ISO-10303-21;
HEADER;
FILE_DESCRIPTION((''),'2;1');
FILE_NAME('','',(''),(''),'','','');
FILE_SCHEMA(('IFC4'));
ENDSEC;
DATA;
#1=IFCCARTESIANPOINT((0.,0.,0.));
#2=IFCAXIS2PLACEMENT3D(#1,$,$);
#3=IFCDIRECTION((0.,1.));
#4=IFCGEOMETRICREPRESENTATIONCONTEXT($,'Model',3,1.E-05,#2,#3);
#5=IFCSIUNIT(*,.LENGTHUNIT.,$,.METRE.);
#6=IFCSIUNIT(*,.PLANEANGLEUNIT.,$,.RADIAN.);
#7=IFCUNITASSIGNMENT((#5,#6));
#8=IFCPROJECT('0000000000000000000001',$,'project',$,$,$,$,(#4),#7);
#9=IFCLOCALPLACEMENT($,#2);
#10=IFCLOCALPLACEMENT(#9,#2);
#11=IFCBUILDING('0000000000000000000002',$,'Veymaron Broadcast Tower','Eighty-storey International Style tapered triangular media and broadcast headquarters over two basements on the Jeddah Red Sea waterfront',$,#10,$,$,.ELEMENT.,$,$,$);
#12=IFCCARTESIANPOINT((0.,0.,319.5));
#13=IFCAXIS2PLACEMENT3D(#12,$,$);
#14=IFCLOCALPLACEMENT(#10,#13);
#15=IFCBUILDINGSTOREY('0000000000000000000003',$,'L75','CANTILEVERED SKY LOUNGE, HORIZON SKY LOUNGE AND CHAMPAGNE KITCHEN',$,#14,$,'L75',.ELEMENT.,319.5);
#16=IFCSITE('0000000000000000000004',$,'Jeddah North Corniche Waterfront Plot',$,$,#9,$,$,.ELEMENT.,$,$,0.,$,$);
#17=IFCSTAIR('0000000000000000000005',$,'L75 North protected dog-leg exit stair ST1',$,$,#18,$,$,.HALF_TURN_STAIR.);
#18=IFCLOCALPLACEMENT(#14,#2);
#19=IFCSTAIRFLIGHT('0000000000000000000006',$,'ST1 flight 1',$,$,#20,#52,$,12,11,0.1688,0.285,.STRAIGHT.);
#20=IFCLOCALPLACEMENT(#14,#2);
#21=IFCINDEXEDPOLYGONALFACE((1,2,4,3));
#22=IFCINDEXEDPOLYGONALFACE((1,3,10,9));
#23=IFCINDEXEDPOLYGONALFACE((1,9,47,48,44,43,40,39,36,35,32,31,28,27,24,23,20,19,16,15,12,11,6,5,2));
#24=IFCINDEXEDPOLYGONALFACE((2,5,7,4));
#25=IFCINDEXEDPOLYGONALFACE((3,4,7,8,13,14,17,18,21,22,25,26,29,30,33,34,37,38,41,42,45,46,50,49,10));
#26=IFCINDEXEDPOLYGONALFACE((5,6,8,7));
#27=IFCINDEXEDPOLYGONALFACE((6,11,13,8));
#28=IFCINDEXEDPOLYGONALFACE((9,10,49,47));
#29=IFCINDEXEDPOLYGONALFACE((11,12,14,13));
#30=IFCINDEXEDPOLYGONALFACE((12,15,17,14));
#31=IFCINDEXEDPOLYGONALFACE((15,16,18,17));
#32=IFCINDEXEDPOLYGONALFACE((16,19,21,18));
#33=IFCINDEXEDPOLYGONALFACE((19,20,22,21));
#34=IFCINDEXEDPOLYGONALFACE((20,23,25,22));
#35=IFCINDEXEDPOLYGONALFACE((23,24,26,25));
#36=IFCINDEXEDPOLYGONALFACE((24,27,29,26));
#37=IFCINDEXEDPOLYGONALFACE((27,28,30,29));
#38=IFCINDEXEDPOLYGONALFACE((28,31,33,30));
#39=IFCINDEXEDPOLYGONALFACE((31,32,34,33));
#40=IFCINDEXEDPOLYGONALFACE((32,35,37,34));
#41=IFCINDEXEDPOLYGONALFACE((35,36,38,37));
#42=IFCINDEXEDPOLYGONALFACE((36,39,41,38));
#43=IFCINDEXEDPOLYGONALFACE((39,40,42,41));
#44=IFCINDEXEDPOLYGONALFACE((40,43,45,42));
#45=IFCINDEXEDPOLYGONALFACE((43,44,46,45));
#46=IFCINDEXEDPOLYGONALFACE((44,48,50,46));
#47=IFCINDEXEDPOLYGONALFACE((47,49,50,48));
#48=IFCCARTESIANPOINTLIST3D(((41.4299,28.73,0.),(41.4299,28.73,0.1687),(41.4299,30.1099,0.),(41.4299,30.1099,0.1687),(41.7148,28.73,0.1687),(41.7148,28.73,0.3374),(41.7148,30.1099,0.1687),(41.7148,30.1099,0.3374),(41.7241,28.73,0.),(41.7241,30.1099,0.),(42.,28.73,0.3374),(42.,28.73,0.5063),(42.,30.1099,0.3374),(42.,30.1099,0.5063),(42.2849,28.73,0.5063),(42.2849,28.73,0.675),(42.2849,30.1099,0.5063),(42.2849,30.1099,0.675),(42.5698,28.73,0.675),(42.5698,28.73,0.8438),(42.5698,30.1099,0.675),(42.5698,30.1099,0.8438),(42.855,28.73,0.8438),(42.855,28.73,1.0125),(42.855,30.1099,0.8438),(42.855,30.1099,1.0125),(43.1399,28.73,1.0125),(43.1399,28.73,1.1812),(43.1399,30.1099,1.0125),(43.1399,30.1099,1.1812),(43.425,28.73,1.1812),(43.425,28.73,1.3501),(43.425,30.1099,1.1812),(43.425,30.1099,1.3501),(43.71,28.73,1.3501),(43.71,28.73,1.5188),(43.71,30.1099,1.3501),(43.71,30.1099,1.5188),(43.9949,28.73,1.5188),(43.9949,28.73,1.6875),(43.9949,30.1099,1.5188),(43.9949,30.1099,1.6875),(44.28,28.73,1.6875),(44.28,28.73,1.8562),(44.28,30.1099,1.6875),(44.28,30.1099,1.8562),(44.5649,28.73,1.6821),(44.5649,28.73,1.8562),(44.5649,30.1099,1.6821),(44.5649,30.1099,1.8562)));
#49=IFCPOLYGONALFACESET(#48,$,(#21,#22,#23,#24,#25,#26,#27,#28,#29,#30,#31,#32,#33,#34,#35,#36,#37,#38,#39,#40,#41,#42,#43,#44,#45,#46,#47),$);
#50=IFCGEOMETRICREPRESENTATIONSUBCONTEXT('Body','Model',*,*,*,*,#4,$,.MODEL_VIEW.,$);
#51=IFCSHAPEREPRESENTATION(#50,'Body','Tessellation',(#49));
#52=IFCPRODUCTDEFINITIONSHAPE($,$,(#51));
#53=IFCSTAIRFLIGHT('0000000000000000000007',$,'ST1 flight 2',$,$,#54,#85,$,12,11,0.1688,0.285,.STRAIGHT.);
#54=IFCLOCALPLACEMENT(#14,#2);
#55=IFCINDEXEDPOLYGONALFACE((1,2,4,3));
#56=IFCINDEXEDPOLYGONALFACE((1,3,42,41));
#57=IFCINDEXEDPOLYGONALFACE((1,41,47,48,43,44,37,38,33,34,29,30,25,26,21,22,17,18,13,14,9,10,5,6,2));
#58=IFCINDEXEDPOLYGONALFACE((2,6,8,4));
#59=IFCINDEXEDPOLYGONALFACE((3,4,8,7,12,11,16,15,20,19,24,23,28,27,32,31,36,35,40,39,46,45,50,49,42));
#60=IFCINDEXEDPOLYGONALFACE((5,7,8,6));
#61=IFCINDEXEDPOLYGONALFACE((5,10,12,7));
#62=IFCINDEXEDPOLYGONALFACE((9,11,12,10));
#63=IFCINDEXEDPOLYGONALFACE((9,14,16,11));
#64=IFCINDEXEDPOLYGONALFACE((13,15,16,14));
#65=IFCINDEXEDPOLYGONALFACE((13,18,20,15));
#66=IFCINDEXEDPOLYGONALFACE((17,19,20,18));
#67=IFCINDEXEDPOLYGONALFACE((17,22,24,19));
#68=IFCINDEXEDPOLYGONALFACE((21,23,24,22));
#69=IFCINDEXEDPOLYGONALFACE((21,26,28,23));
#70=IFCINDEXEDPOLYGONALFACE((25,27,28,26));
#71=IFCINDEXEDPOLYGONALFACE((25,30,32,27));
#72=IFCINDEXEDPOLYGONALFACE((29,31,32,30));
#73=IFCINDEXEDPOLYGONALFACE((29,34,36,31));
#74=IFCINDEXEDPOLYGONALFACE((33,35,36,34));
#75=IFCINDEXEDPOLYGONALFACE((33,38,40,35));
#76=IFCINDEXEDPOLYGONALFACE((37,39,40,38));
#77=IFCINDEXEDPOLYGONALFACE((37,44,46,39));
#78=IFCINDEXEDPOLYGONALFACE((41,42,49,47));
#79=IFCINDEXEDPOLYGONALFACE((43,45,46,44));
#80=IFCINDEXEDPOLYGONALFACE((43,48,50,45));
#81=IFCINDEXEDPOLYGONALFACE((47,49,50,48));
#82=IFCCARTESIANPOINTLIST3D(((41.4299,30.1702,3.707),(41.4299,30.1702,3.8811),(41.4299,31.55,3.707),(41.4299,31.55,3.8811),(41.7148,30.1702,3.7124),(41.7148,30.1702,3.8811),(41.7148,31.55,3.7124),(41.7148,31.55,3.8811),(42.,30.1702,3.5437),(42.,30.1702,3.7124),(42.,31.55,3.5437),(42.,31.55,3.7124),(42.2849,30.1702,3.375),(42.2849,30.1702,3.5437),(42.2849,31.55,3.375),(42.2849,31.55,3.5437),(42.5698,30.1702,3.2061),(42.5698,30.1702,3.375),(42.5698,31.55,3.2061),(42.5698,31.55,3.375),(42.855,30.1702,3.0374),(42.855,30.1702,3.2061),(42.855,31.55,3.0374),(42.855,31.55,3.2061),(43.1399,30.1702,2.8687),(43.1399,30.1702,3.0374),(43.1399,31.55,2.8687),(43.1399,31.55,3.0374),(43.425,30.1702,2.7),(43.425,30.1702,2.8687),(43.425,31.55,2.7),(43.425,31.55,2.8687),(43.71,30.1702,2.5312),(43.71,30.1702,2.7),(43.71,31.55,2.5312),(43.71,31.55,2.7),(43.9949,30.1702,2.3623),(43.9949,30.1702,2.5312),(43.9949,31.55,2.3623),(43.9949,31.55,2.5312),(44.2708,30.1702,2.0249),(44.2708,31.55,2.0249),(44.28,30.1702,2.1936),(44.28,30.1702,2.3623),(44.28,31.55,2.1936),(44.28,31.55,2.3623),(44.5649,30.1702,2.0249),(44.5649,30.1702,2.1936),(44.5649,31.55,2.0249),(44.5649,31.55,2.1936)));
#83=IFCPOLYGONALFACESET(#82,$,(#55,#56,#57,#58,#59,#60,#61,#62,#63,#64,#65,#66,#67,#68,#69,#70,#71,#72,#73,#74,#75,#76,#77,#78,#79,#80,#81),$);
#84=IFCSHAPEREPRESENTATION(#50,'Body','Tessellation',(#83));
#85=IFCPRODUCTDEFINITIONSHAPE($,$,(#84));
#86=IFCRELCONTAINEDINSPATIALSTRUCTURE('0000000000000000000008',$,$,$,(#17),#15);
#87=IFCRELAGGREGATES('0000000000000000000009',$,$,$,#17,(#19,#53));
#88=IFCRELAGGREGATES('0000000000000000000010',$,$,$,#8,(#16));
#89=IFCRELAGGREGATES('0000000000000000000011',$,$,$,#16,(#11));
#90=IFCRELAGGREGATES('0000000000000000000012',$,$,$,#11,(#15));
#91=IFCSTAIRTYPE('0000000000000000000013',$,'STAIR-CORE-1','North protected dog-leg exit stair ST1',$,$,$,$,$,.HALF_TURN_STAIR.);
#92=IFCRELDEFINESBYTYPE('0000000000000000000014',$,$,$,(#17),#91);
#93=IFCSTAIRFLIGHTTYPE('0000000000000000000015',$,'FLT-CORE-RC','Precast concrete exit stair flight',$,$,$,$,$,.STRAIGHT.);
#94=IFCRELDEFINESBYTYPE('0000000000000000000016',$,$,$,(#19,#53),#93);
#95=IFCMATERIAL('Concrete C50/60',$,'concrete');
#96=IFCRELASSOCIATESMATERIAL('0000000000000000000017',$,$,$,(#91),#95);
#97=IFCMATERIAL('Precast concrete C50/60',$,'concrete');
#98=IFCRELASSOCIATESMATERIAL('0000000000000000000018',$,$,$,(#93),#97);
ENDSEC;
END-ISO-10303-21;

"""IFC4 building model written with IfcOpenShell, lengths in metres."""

from ifc_helpers import new_model, si_unit, direction, frame, origin, place, context, subcontext, project, spatial, polyline, outline, extrude, material, type_object, element, aggregate, save


model = new_model("IFC4")

# Units and contexts
model_context = context("Model", 3, precision=1e-05, world=origin(), true_north=direction((0.0, 1.0)))
body_context = subcontext(model_context, "Body", "Model", "MODEL_VIEW")
ifc_project = project(units=[si_unit("LENGTHUNIT", "METRE"), si_unit("PLANEANGLEUNIT", "RADIAN")], contexts=[model_context])

# Site, building, storey
site_placement = place(None, origin())
site = spatial("IfcSite", under=ifc_project, at=site_placement, Name="Jeddah North Corniche Waterfront Plot", CompositionType="ELEMENT", RefElevation=0.0)
building_placement = place(site_placement, origin())
building = spatial("IfcBuilding", under=site, at=building_placement, Name="Veymaron Broadcast Tower", Description="Eighty-storey International Style tapered triangular media and broadcast headquarters over two basements on the Jeddah Red Sea waterfront", CompositionType="ELEMENT")
storey_placement = place(building_placement, frame((0.0, 0.0, 319.5)))
storey = spatial("IfcBuildingStorey", under=building, at=storey_placement, Name="L75", Description="CANTILEVERED SKY LOUNGE, HORIZON SKY LOUNGE AND CHAMPAGNE KITCHEN", LongName="L75", CompositionType="ELEMENT", Elevation=319.5)

# Shared definitions
ifc_material_1 = material(Name="Concrete C50/60", Category="concrete")

# Stair, stair flights
stair_type = type_object("IfcStairType", Name="STAIR-CORE-1", Description="North protected dog-leg exit stair ST1", PredefinedType="HALF_TURN_STAIR", material=ifc_material_1)
stair_placement = place(storey_placement, origin())
stair = element("IfcStair", 1, at=stair_placement, inside=storey, type_object=stair_type, Name="L75 North protected dog-leg exit stair ST1", PredefinedType="HALF_TURN_STAIR")
ifc_material_2 = material(Name="Precast concrete C50/60", Category="concrete")
stair_flight_type = type_object("IfcStairFlightType", Name="FLT-CORE-RC", Description="Precast concrete exit stair flight", PredefinedType="STRAIGHT", material=ifc_material_2)
stair_flight_1_placement = place(storey_placement, frame((41.4299, 29.4199, 0.0), z_axis=(0.0, 0.0, 1.0), x_axis=(1.0, 0.0, 0.0)))
stair_flight_1 = element("IfcStairFlight", 2, at=stair_flight_1_placement, type_object=stair_flight_type, Name="ST1 flight 1", NumberOfRisers=12, NumberOfTreads=11, PredefinedType="STRAIGHT", RiserHeight=0.1688, TreadLength=0.285, context=body_context, shape_type="SweptSolid", body=[
    extrude(outline(polyline([(0.0, 0.0), (0.0, 0.1687), (0.2849, 0.1687), (0.2849, 0.3374), (0.5701, 0.3374), (0.5701, 0.5063), (0.855, 0.5063), (0.855, 0.675), (1.1399, 0.675), (1.1399, 0.8438), (1.425, 0.8438), (1.425, 1.0125), (1.71, 1.0125), (1.71, 1.1812), (1.9951, 1.1812), (1.9951, 1.3501), (2.28, 1.3501), (2.28, 1.5188), (2.5649, 1.5188), (2.5649, 1.6875), (2.8501, 1.6875), (2.8501, 1.8562), (3.135, 1.8562), (3.135, 2.0249), (3.135, 1.6821), (0.2942, 0.0), (0.0, 0.0)])), frame((0.0, 0.6899, 0.0), z_axis=(0.0, -1.0, 0.0), x_axis=(1.0, 0.0, 0.0)), (0.0, 0.0, 1.0), 1.3799),
])
stair_flight_2_placement = place(storey_placement, frame((44.5649, 30.8601, 2.0249), z_axis=(0.0, 0.0, 1.0), x_axis=(-1.0, 0.0, 0.0)))
stair_flight_2 = element("IfcStairFlight", 3, at=stair_flight_2_placement, type_object=stair_flight_type, Name="ST1 flight 2", NumberOfRisers=12, NumberOfTreads=11, PredefinedType="STRAIGHT", RiserHeight=0.1688, TreadLength=0.285, context=body_context, shape_type="SweptSolid", body=[
    extrude(outline(polyline([(0.0, 0.0), (0.0, 0.1687), (0.2849, 0.1687), (0.2849, 0.3374), (0.5701, 0.3374), (0.5701, 0.5063), (0.855, 0.5063), (0.855, 0.675), (1.1399, 0.675), (1.1399, 0.8438), (1.425, 0.8438), (1.425, 1.0125), (1.71, 1.0125), (1.71, 1.1812), (1.9951, 1.1812), (1.9951, 1.3501), (2.28, 1.3501), (2.28, 1.5188), (2.5649, 1.5188), (2.5649, 1.6875), (2.8501, 1.6875), (2.8501, 1.8562), (3.135, 1.8562), (3.135, 2.0249), (3.135, 1.6821), (0.2942, 0.0), (0.0, 0.0)])), frame((0.0, 0.6899, 0.0), z_axis=(0.0, -1.0, 0.0), x_axis=(1.0, 0.0, 0.0)), (0.0, 0.0, 1.0), 1.3799),
])
aggregate(stair, [stair_flight_1, stair_flight_2])

save(model, "model.ifc")
